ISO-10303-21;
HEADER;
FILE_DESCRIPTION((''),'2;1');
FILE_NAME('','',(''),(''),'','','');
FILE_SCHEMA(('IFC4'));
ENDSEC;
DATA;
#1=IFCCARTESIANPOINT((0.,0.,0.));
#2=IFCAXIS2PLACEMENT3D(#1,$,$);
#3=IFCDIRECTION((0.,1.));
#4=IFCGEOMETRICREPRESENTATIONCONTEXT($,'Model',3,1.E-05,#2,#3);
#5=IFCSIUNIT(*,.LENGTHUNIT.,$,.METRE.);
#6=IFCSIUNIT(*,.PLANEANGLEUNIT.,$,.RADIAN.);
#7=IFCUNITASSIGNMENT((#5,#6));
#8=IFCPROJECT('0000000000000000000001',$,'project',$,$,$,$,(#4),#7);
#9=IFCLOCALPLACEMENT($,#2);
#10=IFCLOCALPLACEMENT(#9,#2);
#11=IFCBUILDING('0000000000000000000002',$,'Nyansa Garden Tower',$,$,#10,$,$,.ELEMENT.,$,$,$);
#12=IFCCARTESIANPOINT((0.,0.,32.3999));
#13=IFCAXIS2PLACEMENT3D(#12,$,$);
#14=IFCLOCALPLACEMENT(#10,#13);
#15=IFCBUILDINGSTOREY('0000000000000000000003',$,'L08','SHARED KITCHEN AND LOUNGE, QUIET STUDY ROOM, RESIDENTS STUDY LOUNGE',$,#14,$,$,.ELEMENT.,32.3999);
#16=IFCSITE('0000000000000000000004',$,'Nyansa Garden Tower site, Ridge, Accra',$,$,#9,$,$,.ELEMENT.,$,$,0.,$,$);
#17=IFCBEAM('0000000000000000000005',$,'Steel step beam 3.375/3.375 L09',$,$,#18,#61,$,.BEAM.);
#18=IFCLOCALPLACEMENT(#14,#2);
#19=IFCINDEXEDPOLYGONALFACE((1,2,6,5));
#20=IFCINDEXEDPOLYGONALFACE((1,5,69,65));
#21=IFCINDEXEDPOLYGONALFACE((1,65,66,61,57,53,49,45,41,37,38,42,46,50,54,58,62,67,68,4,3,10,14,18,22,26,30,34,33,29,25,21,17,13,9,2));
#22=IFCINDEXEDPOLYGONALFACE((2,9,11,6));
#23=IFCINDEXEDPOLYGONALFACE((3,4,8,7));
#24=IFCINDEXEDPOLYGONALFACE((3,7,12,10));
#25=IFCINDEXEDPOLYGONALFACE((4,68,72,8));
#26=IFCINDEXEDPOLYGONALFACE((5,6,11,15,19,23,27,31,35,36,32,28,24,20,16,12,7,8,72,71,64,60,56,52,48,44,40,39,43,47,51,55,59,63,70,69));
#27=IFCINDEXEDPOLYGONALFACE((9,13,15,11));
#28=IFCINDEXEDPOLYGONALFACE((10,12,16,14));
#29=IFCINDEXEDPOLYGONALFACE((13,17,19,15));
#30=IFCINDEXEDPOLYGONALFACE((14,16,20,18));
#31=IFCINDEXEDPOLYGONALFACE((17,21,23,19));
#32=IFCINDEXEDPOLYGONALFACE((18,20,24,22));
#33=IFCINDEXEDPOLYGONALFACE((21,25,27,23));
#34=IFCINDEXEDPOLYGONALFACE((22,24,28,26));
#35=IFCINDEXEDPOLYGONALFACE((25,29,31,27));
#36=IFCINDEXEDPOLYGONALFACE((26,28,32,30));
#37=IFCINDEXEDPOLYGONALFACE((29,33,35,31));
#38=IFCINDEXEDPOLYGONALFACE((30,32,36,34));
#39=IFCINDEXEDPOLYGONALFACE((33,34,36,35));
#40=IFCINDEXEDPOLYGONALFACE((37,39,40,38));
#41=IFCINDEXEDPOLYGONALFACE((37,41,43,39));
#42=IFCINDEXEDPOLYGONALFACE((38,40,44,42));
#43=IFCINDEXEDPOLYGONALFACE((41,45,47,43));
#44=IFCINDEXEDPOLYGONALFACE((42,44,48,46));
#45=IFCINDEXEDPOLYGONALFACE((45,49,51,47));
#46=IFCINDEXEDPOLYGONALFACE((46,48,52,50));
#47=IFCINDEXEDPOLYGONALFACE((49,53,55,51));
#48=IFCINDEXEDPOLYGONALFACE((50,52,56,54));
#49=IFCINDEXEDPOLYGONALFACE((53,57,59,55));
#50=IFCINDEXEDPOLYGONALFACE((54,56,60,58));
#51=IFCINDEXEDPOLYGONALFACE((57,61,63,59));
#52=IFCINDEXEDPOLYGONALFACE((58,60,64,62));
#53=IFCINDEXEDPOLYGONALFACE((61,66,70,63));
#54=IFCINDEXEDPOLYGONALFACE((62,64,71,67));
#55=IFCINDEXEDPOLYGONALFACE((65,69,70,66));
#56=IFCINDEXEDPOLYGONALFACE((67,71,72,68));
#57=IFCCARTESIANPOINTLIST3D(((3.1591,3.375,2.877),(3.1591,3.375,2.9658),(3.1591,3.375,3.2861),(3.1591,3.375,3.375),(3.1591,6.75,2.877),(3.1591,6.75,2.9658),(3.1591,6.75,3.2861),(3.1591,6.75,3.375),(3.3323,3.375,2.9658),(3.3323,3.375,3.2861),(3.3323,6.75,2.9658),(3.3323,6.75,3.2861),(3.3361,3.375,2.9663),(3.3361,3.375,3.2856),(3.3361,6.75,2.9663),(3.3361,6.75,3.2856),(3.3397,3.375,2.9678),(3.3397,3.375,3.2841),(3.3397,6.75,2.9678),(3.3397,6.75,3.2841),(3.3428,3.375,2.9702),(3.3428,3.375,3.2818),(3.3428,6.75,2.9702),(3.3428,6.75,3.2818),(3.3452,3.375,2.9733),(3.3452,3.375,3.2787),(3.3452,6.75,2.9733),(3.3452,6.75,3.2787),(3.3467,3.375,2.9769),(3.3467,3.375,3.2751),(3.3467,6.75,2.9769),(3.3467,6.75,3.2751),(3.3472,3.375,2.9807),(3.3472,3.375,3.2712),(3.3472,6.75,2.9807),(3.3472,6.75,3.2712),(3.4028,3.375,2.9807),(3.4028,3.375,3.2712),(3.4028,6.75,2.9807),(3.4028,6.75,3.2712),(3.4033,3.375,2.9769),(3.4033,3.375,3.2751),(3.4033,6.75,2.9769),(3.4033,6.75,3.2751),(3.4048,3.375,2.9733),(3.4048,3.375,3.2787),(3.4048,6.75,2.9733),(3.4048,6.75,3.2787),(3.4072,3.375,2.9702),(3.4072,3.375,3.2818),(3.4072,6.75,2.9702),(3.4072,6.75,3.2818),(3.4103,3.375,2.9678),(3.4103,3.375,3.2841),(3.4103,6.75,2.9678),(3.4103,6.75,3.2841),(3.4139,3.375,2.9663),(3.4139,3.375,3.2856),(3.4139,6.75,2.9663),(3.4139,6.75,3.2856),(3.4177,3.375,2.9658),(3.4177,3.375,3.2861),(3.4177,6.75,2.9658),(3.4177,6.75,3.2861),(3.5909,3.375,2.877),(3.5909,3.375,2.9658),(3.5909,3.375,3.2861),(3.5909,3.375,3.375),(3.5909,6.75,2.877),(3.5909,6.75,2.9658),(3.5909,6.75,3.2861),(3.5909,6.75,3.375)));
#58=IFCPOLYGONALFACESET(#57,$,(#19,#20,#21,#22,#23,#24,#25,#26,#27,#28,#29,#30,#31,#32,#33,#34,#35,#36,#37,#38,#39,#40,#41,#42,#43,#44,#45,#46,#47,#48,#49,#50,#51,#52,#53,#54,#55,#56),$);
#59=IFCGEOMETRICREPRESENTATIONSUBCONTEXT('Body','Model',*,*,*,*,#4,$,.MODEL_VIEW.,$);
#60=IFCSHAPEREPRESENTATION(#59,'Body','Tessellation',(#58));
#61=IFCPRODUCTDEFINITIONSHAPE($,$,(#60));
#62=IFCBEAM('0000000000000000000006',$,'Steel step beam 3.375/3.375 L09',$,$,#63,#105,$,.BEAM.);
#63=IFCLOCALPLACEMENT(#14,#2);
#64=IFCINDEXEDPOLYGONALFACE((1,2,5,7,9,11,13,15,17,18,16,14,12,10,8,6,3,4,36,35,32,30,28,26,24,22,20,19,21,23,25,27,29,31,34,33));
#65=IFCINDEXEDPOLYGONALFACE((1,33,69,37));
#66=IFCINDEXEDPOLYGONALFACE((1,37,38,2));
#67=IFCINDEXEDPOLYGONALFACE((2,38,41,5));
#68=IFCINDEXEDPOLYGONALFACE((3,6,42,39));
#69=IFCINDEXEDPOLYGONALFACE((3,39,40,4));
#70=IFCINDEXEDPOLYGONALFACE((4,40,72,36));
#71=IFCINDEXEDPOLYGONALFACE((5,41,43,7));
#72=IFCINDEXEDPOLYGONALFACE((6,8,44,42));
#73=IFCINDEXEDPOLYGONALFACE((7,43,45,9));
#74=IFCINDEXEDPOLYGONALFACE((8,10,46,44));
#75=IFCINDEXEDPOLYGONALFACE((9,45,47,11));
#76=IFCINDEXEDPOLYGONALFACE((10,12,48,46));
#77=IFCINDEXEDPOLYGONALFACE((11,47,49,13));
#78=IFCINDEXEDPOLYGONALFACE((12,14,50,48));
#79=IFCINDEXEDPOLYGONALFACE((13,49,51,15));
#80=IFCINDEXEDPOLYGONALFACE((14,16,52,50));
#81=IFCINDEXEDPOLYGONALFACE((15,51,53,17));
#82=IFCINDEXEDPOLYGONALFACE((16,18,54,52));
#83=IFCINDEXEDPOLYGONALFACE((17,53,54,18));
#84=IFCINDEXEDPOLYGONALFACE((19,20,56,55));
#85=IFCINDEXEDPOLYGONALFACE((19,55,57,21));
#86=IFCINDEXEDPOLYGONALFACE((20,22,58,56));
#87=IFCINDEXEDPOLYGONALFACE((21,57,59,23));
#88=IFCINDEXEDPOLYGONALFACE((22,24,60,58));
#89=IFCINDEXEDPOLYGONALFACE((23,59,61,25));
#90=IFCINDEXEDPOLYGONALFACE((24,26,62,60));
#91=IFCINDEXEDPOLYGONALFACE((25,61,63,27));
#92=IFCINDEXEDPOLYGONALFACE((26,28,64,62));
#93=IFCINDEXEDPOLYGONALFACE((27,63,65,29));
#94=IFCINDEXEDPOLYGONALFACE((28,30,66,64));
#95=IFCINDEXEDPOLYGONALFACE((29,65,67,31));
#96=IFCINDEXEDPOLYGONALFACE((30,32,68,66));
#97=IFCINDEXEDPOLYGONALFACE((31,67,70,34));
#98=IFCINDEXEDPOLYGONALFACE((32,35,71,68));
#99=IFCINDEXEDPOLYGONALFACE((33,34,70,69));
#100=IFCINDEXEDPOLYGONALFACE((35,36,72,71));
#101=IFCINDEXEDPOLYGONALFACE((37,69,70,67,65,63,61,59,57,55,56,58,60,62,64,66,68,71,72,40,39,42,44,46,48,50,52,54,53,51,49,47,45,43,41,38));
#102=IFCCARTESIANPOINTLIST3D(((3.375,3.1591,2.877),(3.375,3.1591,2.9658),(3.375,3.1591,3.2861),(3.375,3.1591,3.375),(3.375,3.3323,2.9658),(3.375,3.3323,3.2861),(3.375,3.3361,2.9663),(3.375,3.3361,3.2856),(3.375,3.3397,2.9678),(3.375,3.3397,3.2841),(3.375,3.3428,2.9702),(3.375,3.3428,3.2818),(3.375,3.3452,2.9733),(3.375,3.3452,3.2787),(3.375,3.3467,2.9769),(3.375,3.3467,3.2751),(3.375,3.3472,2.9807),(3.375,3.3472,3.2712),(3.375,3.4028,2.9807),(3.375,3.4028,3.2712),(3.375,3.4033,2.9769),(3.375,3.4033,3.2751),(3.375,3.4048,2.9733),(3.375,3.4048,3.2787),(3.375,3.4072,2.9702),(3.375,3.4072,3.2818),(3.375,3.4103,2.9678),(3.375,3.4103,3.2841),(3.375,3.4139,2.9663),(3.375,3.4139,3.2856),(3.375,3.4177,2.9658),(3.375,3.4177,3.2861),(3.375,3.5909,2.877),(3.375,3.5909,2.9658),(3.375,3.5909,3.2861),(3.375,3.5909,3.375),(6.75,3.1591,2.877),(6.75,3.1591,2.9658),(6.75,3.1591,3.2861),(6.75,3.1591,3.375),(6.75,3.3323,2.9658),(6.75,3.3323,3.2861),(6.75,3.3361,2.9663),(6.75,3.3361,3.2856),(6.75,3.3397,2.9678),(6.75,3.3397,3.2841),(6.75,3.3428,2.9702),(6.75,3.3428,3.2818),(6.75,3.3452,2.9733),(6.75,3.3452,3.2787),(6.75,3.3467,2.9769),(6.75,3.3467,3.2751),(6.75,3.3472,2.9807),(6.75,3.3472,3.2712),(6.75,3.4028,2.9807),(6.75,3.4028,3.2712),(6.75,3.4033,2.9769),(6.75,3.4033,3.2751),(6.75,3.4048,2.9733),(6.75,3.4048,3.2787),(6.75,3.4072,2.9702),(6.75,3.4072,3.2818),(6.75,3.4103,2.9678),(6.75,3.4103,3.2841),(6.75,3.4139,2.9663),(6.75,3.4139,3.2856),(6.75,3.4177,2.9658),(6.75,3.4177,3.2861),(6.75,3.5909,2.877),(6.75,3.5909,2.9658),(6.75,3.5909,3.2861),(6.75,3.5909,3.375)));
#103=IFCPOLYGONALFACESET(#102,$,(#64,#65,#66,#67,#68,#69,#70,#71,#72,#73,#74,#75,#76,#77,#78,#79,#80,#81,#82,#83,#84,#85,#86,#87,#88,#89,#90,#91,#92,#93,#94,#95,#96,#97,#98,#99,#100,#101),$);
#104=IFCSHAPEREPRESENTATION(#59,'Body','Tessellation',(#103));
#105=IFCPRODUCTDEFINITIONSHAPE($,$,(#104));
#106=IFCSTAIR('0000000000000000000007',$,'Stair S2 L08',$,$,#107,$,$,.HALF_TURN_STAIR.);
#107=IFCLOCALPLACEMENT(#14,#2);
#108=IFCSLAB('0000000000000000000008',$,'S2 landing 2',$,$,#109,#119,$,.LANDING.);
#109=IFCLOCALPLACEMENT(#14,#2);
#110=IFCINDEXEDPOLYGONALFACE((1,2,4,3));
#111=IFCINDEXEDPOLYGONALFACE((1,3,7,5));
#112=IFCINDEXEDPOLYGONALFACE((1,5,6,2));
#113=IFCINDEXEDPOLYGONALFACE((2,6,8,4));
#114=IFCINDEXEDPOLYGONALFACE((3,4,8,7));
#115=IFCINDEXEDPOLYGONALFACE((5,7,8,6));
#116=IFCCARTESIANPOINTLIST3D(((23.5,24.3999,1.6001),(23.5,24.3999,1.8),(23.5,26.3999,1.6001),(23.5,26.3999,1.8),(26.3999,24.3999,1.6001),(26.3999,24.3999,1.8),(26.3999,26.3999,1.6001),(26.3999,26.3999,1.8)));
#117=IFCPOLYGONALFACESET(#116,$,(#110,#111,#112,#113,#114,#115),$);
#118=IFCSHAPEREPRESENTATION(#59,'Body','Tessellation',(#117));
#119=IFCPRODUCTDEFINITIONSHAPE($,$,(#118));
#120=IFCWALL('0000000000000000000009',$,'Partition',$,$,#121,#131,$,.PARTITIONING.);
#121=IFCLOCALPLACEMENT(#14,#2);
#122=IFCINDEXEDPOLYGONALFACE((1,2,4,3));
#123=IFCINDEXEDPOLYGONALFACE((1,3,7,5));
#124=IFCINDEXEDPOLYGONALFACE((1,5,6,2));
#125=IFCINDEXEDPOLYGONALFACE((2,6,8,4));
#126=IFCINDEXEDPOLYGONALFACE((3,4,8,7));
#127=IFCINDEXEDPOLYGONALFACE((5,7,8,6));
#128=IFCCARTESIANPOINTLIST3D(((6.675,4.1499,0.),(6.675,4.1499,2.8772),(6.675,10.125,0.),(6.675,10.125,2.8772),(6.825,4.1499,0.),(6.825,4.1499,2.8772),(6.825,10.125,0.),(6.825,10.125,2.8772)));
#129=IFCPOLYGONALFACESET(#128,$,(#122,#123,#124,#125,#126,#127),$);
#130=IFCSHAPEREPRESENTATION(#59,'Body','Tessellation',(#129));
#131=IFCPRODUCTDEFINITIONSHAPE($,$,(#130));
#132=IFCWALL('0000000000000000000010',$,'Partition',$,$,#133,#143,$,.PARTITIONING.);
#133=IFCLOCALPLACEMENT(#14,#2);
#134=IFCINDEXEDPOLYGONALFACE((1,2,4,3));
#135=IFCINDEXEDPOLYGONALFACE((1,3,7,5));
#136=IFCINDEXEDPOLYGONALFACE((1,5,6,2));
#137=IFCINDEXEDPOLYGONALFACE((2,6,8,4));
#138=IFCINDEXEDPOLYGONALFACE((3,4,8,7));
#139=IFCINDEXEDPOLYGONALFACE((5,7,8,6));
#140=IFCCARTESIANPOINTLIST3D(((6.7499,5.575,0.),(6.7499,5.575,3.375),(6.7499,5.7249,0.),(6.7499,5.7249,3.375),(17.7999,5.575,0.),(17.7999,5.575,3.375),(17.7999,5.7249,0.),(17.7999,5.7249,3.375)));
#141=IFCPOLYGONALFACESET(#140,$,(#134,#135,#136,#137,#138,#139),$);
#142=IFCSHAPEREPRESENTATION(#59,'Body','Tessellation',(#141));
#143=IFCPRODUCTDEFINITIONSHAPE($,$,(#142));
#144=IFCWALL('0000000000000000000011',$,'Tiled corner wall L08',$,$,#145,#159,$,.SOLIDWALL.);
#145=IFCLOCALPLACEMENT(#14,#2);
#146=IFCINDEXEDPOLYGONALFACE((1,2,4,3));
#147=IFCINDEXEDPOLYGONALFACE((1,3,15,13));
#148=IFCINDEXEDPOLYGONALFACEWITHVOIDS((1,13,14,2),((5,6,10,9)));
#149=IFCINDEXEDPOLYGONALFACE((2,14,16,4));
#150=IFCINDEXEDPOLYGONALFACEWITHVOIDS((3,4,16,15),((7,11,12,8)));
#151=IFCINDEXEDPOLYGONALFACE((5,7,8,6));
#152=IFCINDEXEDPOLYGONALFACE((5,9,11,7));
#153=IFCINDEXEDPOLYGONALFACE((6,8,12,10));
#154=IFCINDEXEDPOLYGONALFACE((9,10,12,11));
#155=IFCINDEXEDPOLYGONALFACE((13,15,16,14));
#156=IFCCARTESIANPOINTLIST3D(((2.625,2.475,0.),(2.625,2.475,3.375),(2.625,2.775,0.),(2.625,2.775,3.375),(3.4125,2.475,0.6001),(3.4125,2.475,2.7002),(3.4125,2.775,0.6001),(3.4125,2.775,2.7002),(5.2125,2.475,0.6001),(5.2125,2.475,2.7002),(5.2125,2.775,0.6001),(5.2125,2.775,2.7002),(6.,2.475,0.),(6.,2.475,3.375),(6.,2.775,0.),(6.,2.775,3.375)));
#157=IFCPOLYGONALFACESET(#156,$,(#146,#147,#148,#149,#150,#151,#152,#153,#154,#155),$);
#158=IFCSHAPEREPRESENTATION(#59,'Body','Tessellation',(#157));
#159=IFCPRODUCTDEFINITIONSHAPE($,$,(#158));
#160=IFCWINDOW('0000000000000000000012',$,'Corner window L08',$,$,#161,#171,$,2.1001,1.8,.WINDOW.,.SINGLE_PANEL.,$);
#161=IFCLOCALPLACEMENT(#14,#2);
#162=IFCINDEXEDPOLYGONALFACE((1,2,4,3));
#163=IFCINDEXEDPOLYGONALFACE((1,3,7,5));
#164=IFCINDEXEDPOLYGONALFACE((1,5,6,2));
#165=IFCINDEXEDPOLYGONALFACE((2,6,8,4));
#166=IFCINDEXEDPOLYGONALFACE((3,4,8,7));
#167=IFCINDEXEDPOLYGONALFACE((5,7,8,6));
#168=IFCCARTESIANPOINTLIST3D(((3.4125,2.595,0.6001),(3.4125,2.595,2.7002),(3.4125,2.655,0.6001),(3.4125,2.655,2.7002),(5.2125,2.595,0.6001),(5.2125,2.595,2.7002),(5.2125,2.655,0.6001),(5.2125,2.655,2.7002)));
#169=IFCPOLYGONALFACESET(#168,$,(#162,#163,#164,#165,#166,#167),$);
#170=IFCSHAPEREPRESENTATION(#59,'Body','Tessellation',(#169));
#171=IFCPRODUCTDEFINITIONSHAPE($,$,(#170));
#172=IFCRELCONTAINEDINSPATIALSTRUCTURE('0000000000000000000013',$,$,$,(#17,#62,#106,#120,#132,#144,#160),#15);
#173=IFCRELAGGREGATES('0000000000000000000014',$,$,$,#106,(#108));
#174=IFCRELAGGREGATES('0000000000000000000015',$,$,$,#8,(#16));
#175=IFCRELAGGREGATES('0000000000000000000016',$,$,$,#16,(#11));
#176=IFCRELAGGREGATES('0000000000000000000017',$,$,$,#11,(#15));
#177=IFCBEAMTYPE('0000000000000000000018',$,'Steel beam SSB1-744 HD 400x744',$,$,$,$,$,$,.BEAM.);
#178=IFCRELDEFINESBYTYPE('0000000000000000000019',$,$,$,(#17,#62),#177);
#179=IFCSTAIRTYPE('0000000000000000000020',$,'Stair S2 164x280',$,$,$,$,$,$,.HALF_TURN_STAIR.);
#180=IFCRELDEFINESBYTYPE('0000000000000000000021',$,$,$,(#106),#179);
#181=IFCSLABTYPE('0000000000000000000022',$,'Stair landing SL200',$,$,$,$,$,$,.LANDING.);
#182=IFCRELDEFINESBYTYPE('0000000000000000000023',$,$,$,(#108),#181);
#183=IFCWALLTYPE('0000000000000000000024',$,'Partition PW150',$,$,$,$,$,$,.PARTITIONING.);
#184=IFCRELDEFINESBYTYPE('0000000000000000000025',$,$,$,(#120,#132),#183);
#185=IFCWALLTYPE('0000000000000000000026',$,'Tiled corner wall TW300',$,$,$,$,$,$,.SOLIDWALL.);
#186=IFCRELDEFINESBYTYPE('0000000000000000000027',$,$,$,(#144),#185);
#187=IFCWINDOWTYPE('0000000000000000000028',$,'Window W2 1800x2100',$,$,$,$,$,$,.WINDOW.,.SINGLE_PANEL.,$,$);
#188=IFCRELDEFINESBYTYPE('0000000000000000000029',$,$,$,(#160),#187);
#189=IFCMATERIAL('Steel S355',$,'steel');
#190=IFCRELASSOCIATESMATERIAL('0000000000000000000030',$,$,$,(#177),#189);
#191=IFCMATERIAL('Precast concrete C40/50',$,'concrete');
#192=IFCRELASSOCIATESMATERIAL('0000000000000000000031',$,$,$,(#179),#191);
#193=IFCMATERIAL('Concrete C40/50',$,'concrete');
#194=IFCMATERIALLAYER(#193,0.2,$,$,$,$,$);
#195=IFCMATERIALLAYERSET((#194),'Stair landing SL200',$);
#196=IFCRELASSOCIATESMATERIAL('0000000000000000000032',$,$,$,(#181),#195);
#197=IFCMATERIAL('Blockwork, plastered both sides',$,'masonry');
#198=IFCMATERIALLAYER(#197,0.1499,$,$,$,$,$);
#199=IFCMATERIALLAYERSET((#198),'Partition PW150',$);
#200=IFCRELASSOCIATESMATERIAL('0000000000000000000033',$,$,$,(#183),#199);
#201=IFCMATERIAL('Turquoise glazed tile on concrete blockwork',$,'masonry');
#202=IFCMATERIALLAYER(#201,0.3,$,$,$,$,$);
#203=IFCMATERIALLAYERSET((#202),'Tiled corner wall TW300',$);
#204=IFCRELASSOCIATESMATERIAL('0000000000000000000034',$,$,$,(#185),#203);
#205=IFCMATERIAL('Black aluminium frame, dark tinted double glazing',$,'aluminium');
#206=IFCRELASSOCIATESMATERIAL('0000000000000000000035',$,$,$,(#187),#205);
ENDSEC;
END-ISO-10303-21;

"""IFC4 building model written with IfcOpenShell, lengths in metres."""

from ifc_helpers import new_model, si_unit, direction, frame, frame_2d, origin, origin_2d, place, context, subcontext, project, spatial, polyline, rectangle, i_section, outline, extrude, material, layer, layer_set, material_profile, profile_set, type_object, element, fill, aggregate, save


model = new_model("IFC4")

# Units and contexts
model_context = context("Model", 3, precision=1e-05, world=origin(), true_north=direction((0.0, 1.0)))
body_context = subcontext(model_context, "Body", "Model", "MODEL_VIEW")
ifc_project = project(units=[si_unit("LENGTHUNIT", "METRE"), si_unit("PLANEANGLEUNIT", "RADIAN")], contexts=[model_context])

# Site, building, storey
site_placement = place(None, origin())
site = spatial("IfcSite", under=ifc_project, at=site_placement, Name="Nyansa Garden Tower site, Ridge, Accra", CompositionType="ELEMENT", RefElevation=0.0)
building_placement = place(site_placement, origin())
building = spatial("IfcBuilding", under=site, at=building_placement, Name="Nyansa Garden Tower", CompositionType="ELEMENT")
storey_placement = place(building_placement, frame((0.0, 0.0, 32.3999)))
storey = spatial("IfcBuildingStorey", under=building, at=storey_placement, Name="L08", Description="SHARED KITCHEN AND LOUNGE, QUIET STUDY ROOM, RESIDENTS STUDY LOUNGE", CompositionType="ELEMENT", Elevation=32.3999)

# Beams
ifc_material_1 = material(Name="Steel S355", Category="steel")
ifc_material_profile_1 = material_profile(ifc_material_1, i_section(OverallWidth=0.4319, OverallDepth=0.498, WebThickness=0.0557, FlangeThickness=0.0889, FilletRadius=0.0149, at=origin_2d()), Name="HD 400x744")
ifc_profile_set_1 = profile_set([ifc_material_profile_1], Name="Steel S355")
beam_type_1 = type_object("IfcBeamType", Name="Steel beam SSB1-744 HD 400x744", PredefinedType="BEAM", material=ifc_profile_set_1)
for number, where, z_axis, x_axis, name in (
    (1, (3.375, 3.375, 3.126), (0.0, 1.0, 0.0), (-1.0, 0.0, 0.0), "Steel step beam 3.375/3.375 L09"),
    (2, (3.375, 3.375, 3.126), (1.0, 0.0, 0.0), (0.0, 1.0, 0.0), "Steel step beam 3.375/3.375 L09"),
):
    element("IfcBeam", number, at=place(storey_placement, frame(where, z_axis=z_axis, x_axis=x_axis)), inside=storey, type_object=beam_type_1, Name=name, PredefinedType="BEAM", context=body_context, shape_type="SweptSolid", body=[
        extrude(i_section(OverallWidth=0.4319, OverallDepth=0.498, WebThickness=0.0557, FlangeThickness=0.0889, FilletRadius=0.0149, at=origin_2d()), origin(), (0.0, 0.0, 1.0), 3.375),
    ])

# Stair, slab
ifc_material_2 = material(Name="Precast concrete C40/50", Category="concrete")
stair_type = type_object("IfcStairType", Name="Stair S2 164x280", PredefinedType="HALF_TURN_STAIR", material=ifc_material_2)
stair_placement = place(storey_placement, origin())
stair = element("IfcStair", 3, at=stair_placement, inside=storey, type_object=stair_type, Name="Stair S2 L08", PredefinedType="HALF_TURN_STAIR")
ifc_material_3 = material(Name="Concrete C40/50", Category="concrete")
ifc_layer_1 = layer(ifc_material_3, 0.2)
ifc_layer_set_1 = layer_set([ifc_layer_1], Name="Stair landing SL200")
slab_type = type_object("IfcSlabType", Name="Stair landing SL200", PredefinedType="LANDING", material=ifc_layer_set_1)
slab_placement = place(storey_placement, frame((0.0, 0.0, 1.6001)))
slab = element("IfcSlab", 4, at=slab_placement, type_object=slab_type, Name="S2 landing 2", PredefinedType="LANDING", context=body_context, shape_type="SweptSolid", body=[
    extrude(outline(polyline([(23.5, 24.3999), (26.3999, 24.3999), (26.3999, 26.3999), (23.5, 26.3999), (23.5, 24.3999)])), origin(), (0.0, 0.0, 1.0), 0.2),
])
aggregate(stair, [slab])

# Walls
ifc_material_4 = material(Name="Blockwork, plastered both sides", Category="masonry")
ifc_layer_2 = layer(ifc_material_4, 0.1499)
ifc_layer_set_2 = layer_set([ifc_layer_2], Name="Partition PW150")
wall_type_1 = type_object("IfcWallType", Name="Partition PW150", PredefinedType="PARTITIONING", material=ifc_layer_set_2)
wall_1_placement = place(storey_placement, frame((6.75, 4.1499, 0.0), z_axis=(0.0, 0.0, 1.0), x_axis=(0.0, 1.0, 0.0)))
element("IfcWall", 5, at=wall_1_placement, inside=storey, type_object=wall_type_1, Name="Partition", PredefinedType="PARTITIONING", context=body_context, shape_type="SweptSolid", body=[
    extrude(rectangle(XDim=5.9751, YDim=0.1499, at=frame_2d((2.9875, 0.0))), origin(), (0.0, 0.0, 1.0), 2.8772),
])
wall_2_placement = place(storey_placement, frame((6.75, 5.6499, 0.0), z_axis=(0.0, 0.0, 1.0), x_axis=(1.0, 0.0, 0.0)))
element("IfcWall", 6, at=wall_2_placement, inside=storey, type_object=wall_type_1, Name="Partition", PredefinedType="PARTITIONING", context=body_context, shape_type="SweptSolid", body=[
    extrude(rectangle(XDim=11.05, YDim=0.1499, at=frame_2d((5.5249, 0.0))), origin(), (0.0, 0.0, 1.0), 3.375),
])

# Wall, opening, window
ifc_material_5 = material(Name="Turquoise glazed tile on concrete blockwork", Category="masonry")
ifc_layer_3 = layer(ifc_material_5, 0.3)
ifc_layer_set_3 = layer_set([ifc_layer_3], Name="Tiled corner wall TW300")
wall_type_2 = type_object("IfcWallType", Name="Tiled corner wall TW300", PredefinedType="SOLIDWALL", material=ifc_layer_set_3)
wall_3_placement = place(storey_placement, frame((2.625, 2.625, 0.0), z_axis=(0.0, 0.0, 1.0), x_axis=(1.0, 0.0, 0.0)))
wall_3 = element("IfcWall", 7, at=wall_3_placement, inside=storey, type_object=wall_type_2, Name="Tiled corner wall L08", PredefinedType="SOLIDWALL", context=body_context, shape_type="SweptSolid", body=[
    extrude(rectangle(XDim=3.375, YDim=0.3, at=frame_2d((1.6875, 0.0))), origin(), (0.0, 0.0, 1.0), 3.375),
])
opening_1_placement = place(wall_3_placement, frame((0.7876, 0.0, 0.6001)))
opening_1 = element("IfcOpeningElement", 8, at=opening_1_placement, cuts=wall_3, PredefinedType="OPENING", context=body_context, shape_type="SweptSolid", body=[
    extrude(rectangle(XDim=1.8, YDim=2.1001, at=frame_2d((0.8999, 1.05))), frame((0.0, 0.1599, 0.0), z_axis=(0.0, -1.0, 0.0), x_axis=(1.0, 0.0, 0.0)), (0.0, 0.0, 1.0), 0.3201),
])
ifc_material_6 = material(Name="Black aluminium frame, dark tinted double glazing", Category="aluminium")
window_type_1 = type_object("IfcWindowType", Name="Window W2 1800x2100", PartitioningType="SINGLE_PANEL", PredefinedType="WINDOW", material=ifc_material_6)
window_1_placement = place(opening_1_placement, origin())
window_1 = element("IfcWindow", 9, at=window_1_placement, inside=storey, type_object=window_type_1, Name="Corner window L08", OverallHeight=2.1001, OverallWidth=1.8, PartitioningType="SINGLE_PANEL", PredefinedType="WINDOW", context=body_context, shape_type="SweptSolid", body=[
    extrude(rectangle(XDim=1.8, YDim=2.1001, at=frame_2d((0.8999, 1.05))), frame((0.0, 0.03, 0.0), z_axis=(0.0, -1.0, 0.0), x_axis=(1.0, 0.0, 0.0)), (0.0, 0.0, 1.0), 0.0601),
])
fill(opening_1, window_1)

save(model, "model.ifc")
